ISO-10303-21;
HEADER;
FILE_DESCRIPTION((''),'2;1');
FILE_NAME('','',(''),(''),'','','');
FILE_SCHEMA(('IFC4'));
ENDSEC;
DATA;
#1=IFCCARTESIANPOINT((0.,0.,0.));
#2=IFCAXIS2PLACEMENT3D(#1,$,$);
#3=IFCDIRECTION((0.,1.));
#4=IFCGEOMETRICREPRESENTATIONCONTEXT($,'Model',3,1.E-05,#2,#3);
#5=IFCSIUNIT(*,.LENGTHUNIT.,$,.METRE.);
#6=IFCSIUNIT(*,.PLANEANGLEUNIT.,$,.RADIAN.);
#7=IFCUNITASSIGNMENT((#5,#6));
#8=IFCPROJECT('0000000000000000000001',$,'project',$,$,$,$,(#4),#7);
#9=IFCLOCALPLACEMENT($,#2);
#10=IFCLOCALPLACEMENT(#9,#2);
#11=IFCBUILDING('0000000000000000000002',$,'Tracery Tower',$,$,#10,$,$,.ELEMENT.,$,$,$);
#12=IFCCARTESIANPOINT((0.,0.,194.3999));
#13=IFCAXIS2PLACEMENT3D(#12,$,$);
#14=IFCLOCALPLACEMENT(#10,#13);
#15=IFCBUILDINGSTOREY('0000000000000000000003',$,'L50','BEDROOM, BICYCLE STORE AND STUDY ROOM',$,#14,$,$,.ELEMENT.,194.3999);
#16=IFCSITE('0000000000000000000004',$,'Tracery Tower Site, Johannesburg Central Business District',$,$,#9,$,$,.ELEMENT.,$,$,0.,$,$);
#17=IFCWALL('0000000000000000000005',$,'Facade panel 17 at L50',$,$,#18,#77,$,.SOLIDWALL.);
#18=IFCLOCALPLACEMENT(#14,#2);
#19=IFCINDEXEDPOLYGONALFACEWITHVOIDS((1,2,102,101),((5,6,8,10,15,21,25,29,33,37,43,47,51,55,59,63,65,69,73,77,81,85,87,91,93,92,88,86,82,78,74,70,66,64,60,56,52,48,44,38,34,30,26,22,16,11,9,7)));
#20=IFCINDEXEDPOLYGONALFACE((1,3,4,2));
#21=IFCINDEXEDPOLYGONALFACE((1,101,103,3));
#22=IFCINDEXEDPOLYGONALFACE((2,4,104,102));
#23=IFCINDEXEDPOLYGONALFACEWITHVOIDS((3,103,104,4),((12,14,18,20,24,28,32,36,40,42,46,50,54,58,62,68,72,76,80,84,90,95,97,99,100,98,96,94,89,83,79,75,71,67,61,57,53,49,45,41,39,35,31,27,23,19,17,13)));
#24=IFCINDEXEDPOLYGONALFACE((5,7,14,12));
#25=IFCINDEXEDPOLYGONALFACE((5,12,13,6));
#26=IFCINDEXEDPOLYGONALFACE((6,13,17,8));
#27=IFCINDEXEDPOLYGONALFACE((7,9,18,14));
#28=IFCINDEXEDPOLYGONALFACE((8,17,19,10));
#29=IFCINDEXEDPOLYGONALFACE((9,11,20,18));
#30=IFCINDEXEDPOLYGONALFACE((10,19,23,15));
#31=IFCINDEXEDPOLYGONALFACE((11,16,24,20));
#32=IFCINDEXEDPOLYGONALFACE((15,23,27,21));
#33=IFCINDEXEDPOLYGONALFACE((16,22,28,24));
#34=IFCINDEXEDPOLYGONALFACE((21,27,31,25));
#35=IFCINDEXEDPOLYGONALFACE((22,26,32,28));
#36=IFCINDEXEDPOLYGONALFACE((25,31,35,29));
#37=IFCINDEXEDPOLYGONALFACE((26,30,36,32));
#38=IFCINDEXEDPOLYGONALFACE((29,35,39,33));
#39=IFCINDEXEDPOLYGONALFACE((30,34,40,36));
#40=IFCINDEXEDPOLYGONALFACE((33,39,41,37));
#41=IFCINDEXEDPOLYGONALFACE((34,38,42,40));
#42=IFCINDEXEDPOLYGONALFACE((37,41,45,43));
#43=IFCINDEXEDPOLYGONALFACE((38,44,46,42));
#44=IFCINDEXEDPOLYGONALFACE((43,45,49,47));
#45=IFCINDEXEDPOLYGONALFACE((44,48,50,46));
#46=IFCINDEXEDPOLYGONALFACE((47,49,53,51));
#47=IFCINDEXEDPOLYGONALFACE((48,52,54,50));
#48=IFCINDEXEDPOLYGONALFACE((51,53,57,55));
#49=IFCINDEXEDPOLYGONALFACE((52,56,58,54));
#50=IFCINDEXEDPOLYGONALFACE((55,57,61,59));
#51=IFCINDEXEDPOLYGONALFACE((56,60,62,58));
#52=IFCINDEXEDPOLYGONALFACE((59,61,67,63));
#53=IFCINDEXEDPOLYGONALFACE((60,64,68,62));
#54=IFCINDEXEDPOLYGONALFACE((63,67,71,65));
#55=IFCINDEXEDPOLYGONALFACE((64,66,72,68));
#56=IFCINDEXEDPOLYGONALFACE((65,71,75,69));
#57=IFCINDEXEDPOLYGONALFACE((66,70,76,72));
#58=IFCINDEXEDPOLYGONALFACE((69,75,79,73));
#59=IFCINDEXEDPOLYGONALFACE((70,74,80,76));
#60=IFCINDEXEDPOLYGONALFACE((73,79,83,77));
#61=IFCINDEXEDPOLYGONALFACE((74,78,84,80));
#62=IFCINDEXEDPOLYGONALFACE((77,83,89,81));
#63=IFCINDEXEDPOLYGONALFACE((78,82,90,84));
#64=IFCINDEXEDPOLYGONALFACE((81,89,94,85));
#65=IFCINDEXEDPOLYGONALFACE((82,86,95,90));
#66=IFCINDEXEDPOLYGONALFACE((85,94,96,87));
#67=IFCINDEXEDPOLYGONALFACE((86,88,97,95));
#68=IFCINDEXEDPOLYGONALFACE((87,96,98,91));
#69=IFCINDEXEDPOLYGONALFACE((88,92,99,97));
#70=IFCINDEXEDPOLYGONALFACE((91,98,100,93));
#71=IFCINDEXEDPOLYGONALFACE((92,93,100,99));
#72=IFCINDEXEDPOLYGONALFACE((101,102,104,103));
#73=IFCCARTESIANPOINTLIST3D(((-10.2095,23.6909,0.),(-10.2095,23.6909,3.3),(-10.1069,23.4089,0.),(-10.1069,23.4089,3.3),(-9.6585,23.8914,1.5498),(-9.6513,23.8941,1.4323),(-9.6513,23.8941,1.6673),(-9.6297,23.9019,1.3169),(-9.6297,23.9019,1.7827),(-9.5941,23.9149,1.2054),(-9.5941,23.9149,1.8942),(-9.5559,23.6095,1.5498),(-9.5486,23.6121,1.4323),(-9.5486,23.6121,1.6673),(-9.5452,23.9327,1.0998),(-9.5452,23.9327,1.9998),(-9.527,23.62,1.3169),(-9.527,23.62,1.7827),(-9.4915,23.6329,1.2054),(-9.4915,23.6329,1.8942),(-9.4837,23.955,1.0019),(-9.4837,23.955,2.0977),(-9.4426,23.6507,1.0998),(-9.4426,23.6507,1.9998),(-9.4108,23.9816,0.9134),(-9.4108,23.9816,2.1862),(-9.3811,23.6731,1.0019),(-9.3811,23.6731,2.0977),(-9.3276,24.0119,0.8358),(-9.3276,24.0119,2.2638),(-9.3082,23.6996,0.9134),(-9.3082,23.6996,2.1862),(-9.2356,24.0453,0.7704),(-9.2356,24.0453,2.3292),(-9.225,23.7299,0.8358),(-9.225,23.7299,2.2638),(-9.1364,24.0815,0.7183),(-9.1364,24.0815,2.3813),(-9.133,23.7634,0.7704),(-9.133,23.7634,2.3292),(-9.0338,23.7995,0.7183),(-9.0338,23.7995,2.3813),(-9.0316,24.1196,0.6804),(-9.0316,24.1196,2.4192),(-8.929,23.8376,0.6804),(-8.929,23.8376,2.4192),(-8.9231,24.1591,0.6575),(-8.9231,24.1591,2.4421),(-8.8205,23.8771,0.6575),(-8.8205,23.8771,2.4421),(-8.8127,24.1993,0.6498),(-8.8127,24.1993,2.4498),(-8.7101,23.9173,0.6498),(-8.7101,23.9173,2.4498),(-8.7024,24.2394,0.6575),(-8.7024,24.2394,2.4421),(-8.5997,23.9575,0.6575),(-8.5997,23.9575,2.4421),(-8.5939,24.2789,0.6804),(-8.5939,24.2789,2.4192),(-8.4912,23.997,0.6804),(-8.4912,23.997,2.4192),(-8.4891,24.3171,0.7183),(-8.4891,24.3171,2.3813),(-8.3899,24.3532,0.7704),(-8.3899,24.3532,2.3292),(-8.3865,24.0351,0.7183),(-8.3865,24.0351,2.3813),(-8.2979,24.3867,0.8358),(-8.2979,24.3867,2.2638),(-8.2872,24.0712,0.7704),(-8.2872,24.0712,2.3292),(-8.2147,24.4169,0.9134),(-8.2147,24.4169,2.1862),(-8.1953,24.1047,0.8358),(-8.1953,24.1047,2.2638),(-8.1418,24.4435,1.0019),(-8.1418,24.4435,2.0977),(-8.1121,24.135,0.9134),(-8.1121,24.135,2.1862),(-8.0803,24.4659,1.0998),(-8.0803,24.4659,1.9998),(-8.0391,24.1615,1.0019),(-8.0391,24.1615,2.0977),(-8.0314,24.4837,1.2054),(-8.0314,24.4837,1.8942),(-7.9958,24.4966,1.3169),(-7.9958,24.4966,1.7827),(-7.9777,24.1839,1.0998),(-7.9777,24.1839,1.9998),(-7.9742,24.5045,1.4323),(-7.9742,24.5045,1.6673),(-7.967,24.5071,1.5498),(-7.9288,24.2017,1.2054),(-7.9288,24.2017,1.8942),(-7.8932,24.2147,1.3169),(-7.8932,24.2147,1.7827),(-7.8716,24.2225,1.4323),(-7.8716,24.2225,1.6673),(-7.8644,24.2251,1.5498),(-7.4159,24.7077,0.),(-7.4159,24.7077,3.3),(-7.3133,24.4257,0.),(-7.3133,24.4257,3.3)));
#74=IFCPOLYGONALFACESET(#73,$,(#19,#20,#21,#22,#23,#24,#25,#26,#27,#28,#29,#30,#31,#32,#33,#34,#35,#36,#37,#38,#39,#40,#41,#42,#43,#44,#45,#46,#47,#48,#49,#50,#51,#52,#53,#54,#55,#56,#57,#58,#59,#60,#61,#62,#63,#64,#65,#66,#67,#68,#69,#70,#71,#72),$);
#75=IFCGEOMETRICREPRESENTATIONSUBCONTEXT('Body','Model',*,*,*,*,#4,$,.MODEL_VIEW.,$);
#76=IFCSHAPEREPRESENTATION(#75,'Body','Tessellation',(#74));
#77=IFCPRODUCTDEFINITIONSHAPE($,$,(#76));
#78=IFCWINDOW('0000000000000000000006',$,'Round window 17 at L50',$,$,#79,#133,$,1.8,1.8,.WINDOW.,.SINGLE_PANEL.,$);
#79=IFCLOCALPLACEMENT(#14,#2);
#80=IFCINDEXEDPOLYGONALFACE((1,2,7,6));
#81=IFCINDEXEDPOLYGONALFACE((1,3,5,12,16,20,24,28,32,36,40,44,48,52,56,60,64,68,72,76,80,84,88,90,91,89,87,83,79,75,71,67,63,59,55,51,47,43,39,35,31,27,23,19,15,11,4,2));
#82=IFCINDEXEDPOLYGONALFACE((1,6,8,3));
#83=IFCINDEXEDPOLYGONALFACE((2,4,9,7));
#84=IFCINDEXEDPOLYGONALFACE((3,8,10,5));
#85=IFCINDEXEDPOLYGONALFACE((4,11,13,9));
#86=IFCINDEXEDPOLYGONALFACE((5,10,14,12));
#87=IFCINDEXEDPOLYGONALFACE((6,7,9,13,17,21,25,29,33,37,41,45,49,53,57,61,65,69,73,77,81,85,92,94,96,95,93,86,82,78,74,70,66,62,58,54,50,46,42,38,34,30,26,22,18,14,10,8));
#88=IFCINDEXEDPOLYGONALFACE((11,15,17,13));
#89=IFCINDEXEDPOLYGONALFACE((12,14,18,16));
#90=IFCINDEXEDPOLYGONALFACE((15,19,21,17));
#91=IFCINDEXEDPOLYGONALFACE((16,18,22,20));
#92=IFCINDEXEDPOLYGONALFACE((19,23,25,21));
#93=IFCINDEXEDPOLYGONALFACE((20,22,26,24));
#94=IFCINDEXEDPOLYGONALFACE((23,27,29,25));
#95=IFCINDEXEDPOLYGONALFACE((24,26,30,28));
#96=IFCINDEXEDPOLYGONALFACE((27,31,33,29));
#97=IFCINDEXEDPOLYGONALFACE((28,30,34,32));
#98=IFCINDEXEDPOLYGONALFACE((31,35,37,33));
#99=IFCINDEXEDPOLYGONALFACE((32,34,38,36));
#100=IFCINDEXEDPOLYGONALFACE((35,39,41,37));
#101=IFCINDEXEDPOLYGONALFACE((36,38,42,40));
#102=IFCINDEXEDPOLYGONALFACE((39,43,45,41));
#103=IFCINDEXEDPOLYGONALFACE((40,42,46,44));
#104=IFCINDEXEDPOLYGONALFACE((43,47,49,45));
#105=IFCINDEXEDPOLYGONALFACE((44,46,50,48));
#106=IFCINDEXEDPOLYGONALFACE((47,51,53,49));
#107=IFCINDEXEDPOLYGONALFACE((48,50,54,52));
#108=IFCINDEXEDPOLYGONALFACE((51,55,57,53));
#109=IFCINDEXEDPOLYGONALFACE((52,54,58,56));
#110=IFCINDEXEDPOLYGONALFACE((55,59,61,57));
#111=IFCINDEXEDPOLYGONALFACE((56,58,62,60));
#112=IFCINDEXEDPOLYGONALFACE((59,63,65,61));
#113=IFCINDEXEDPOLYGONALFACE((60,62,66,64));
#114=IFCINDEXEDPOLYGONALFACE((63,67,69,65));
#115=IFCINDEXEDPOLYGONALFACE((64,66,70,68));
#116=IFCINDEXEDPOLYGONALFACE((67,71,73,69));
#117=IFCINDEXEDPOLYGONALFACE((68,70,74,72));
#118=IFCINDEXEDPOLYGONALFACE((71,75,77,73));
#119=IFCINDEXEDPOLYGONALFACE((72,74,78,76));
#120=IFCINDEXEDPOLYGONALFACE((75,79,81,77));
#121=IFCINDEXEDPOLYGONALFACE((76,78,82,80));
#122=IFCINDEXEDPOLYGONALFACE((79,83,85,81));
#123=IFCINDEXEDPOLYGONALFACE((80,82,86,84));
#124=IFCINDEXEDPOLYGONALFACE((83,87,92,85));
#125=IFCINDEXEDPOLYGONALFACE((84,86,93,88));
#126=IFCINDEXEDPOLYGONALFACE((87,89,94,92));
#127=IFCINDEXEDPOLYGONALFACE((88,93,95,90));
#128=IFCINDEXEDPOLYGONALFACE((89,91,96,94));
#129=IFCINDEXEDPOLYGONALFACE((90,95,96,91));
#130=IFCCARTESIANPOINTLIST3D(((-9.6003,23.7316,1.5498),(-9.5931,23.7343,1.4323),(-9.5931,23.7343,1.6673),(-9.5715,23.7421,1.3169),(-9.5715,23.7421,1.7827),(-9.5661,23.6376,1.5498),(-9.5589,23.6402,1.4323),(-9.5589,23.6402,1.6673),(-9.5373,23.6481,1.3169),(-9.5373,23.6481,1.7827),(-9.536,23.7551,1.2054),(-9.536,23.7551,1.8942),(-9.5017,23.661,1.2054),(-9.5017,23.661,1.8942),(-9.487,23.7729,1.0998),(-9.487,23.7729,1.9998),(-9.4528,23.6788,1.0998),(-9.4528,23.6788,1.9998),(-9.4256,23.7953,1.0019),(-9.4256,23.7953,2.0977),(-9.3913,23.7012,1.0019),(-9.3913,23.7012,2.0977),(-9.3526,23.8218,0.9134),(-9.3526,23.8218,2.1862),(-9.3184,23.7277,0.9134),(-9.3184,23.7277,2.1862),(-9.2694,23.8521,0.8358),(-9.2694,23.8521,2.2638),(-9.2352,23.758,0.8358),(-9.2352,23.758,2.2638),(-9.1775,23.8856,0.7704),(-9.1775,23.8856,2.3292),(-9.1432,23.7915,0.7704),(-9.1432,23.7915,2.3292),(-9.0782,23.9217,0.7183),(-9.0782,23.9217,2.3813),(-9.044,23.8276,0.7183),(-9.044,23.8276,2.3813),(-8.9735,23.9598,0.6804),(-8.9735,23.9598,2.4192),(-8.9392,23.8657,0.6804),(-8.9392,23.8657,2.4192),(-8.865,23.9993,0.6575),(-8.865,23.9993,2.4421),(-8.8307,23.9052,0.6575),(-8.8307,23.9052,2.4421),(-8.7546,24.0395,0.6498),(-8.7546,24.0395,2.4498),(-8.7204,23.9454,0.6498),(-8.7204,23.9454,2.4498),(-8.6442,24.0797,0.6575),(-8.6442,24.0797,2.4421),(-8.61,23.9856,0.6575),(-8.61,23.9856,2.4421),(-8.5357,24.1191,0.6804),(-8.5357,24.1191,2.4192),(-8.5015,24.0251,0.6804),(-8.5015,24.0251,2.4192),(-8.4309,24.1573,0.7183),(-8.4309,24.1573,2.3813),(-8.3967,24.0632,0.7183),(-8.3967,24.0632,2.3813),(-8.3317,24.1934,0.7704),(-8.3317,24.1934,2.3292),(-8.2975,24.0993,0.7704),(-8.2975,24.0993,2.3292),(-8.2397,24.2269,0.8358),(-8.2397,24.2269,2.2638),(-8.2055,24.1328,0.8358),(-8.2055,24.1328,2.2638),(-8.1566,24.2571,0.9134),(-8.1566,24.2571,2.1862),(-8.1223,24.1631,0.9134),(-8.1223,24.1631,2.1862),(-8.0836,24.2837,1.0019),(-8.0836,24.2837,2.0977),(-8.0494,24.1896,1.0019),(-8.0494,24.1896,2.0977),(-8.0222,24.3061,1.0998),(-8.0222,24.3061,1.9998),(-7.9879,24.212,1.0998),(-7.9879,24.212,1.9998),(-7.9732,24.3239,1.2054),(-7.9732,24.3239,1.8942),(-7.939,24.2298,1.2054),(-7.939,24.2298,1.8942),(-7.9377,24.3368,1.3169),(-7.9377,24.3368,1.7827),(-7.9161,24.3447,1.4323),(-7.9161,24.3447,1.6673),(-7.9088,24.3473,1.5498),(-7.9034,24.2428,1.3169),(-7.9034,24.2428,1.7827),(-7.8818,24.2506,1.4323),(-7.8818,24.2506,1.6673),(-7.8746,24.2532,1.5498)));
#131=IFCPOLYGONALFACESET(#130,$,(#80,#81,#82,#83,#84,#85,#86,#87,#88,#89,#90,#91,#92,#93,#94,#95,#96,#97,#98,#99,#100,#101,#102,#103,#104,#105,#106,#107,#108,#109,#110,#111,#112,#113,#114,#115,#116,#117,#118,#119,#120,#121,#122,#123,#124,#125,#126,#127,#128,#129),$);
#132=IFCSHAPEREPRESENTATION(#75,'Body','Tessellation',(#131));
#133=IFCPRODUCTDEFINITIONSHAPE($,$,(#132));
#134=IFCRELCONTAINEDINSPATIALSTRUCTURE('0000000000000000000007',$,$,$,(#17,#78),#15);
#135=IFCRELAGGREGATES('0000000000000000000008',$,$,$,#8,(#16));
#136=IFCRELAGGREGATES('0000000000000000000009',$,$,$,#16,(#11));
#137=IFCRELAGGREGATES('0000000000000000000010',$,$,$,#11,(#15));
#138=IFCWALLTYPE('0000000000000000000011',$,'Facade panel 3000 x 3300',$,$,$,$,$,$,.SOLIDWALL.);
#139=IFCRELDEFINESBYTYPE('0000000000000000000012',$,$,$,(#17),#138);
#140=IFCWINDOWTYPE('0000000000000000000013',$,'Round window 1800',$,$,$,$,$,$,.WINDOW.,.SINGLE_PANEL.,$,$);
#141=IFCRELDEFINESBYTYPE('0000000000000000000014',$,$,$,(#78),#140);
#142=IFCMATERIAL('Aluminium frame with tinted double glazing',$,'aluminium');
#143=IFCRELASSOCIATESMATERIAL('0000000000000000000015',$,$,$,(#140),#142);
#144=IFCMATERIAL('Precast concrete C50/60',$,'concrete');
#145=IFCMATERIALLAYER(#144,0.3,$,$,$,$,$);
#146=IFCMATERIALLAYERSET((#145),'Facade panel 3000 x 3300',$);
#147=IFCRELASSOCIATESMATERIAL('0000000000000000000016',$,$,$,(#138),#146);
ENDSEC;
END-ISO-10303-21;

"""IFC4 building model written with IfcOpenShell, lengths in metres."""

from ifc_helpers import new_model, si_unit, direction, frame, frame_2d, origin, origin_2d, place, context, subcontext, project, spatial, rectangle, circle, extrude, material, layer, layer_set, type_object, element, fill, save


model = new_model("IFC4")

# Units and contexts
model_context = context("Model", 3, precision=1e-05, world=origin(), true_north=direction((0.0, 1.0)))
body_context = subcontext(model_context, "Body", "Model", "MODEL_VIEW")
ifc_project = project(units=[si_unit("LENGTHUNIT", "METRE"), si_unit("PLANEANGLEUNIT", "RADIAN")], contexts=[model_context])

# Site, building, storey
site_placement = place(None, origin())
site = spatial("IfcSite", under=ifc_project, at=site_placement, Name="Tracery Tower Site, Johannesburg Central Business District", CompositionType="ELEMENT", RefElevation=0.0)
building_placement = place(site_placement, origin())
building = spatial("IfcBuilding", under=site, at=building_placement, Name="Tracery Tower", CompositionType="ELEMENT")
storey_placement = place(building_placement, frame((0.0, 0.0, 194.3999)))
storey = spatial("IfcBuildingStorey", under=building, at=storey_placement, Name="L50", Description="BEDROOM, BICYCLE STORE AND STUDY ROOM", CompositionType="ELEMENT", Elevation=194.3999)

# Wall, opening, window
ifc_material_1 = material(Name="Aluminium frame with tinted double glazing", Category="aluminium")
window_type = type_object("IfcWindowType", Name="Round window 1800", PartitioningType="SINGLE_PANEL", PredefinedType="WINDOW", material=ifc_material_1)
ifc_material_2 = material(Name="Precast concrete C50/60", Category="concrete")
ifc_layer_1 = layer(ifc_material_2, 0.3)
ifc_layer_set_1 = layer_set([ifc_layer_1], Name="Facade panel 3000 x 3300")
wall_type_1 = type_object("IfcWallType", Name="Facade panel 3000 x 3300", PredefinedType="SOLIDWALL", material=ifc_layer_set_1)
wall_1_placement = place(storey_placement, frame((-7.3647, 24.5667, 0.0), z_axis=(0.0, 0.0, 1.0), x_axis=(-0.93969, -0.342027, 0.0)))
wall_1 = element("IfcWall", 1, at=wall_1_placement, inside=storey, type_object=wall_type_1, Name="Facade panel 17 at L50", PredefinedType="SOLIDWALL", context=body_context, shape_type="SweptSolid", body=[
    extrude(rectangle(XDim=2.9729, YDim=0.3, at=frame_2d((1.4863, 0.0))), origin(), (0.0, 0.0, 1.0), 3.3),
])
opening_1_placement = place(wall_1_placement, frame((1.4863, 0.0, 1.5498)))
opening_1 = element("IfcOpeningElement", 2, at=opening_1_placement, cuts=wall_1, PredefinedType="OPENING", context=body_context, shape_type="SweptSolid", body=[
    extrude(circle(Radius=0.9, at=origin_2d()), frame((0.0, 0.1599, 0.0), z_axis=(0.0, -1.0, 0.0), x_axis=(1.0, 0.0, 0.0)), (0.0, 0.0, 1.0), 0.3201),
])
window_1_placement = place(opening_1_placement, origin())
window_1 = element("IfcWindow", 3, at=window_1_placement, inside=storey, type_object=window_type, Name="Round window 17 at L50", OverallHeight=1.8, OverallWidth=1.8, PartitioningType="SINGLE_PANEL", PredefinedType="WINDOW", context=body_context, shape_type="SweptSolid", body=[
    extrude(circle(Radius=0.9, at=origin_2d()), frame((0.0, 0.1201, 0.0), z_axis=(0.0, -1.0, 0.0), x_axis=(1.0, 0.0, 0.0)), (0.0, 0.0, 1.0), 0.1001),
])
fill(opening_1, window_1)

save(model, "model.ifc")
